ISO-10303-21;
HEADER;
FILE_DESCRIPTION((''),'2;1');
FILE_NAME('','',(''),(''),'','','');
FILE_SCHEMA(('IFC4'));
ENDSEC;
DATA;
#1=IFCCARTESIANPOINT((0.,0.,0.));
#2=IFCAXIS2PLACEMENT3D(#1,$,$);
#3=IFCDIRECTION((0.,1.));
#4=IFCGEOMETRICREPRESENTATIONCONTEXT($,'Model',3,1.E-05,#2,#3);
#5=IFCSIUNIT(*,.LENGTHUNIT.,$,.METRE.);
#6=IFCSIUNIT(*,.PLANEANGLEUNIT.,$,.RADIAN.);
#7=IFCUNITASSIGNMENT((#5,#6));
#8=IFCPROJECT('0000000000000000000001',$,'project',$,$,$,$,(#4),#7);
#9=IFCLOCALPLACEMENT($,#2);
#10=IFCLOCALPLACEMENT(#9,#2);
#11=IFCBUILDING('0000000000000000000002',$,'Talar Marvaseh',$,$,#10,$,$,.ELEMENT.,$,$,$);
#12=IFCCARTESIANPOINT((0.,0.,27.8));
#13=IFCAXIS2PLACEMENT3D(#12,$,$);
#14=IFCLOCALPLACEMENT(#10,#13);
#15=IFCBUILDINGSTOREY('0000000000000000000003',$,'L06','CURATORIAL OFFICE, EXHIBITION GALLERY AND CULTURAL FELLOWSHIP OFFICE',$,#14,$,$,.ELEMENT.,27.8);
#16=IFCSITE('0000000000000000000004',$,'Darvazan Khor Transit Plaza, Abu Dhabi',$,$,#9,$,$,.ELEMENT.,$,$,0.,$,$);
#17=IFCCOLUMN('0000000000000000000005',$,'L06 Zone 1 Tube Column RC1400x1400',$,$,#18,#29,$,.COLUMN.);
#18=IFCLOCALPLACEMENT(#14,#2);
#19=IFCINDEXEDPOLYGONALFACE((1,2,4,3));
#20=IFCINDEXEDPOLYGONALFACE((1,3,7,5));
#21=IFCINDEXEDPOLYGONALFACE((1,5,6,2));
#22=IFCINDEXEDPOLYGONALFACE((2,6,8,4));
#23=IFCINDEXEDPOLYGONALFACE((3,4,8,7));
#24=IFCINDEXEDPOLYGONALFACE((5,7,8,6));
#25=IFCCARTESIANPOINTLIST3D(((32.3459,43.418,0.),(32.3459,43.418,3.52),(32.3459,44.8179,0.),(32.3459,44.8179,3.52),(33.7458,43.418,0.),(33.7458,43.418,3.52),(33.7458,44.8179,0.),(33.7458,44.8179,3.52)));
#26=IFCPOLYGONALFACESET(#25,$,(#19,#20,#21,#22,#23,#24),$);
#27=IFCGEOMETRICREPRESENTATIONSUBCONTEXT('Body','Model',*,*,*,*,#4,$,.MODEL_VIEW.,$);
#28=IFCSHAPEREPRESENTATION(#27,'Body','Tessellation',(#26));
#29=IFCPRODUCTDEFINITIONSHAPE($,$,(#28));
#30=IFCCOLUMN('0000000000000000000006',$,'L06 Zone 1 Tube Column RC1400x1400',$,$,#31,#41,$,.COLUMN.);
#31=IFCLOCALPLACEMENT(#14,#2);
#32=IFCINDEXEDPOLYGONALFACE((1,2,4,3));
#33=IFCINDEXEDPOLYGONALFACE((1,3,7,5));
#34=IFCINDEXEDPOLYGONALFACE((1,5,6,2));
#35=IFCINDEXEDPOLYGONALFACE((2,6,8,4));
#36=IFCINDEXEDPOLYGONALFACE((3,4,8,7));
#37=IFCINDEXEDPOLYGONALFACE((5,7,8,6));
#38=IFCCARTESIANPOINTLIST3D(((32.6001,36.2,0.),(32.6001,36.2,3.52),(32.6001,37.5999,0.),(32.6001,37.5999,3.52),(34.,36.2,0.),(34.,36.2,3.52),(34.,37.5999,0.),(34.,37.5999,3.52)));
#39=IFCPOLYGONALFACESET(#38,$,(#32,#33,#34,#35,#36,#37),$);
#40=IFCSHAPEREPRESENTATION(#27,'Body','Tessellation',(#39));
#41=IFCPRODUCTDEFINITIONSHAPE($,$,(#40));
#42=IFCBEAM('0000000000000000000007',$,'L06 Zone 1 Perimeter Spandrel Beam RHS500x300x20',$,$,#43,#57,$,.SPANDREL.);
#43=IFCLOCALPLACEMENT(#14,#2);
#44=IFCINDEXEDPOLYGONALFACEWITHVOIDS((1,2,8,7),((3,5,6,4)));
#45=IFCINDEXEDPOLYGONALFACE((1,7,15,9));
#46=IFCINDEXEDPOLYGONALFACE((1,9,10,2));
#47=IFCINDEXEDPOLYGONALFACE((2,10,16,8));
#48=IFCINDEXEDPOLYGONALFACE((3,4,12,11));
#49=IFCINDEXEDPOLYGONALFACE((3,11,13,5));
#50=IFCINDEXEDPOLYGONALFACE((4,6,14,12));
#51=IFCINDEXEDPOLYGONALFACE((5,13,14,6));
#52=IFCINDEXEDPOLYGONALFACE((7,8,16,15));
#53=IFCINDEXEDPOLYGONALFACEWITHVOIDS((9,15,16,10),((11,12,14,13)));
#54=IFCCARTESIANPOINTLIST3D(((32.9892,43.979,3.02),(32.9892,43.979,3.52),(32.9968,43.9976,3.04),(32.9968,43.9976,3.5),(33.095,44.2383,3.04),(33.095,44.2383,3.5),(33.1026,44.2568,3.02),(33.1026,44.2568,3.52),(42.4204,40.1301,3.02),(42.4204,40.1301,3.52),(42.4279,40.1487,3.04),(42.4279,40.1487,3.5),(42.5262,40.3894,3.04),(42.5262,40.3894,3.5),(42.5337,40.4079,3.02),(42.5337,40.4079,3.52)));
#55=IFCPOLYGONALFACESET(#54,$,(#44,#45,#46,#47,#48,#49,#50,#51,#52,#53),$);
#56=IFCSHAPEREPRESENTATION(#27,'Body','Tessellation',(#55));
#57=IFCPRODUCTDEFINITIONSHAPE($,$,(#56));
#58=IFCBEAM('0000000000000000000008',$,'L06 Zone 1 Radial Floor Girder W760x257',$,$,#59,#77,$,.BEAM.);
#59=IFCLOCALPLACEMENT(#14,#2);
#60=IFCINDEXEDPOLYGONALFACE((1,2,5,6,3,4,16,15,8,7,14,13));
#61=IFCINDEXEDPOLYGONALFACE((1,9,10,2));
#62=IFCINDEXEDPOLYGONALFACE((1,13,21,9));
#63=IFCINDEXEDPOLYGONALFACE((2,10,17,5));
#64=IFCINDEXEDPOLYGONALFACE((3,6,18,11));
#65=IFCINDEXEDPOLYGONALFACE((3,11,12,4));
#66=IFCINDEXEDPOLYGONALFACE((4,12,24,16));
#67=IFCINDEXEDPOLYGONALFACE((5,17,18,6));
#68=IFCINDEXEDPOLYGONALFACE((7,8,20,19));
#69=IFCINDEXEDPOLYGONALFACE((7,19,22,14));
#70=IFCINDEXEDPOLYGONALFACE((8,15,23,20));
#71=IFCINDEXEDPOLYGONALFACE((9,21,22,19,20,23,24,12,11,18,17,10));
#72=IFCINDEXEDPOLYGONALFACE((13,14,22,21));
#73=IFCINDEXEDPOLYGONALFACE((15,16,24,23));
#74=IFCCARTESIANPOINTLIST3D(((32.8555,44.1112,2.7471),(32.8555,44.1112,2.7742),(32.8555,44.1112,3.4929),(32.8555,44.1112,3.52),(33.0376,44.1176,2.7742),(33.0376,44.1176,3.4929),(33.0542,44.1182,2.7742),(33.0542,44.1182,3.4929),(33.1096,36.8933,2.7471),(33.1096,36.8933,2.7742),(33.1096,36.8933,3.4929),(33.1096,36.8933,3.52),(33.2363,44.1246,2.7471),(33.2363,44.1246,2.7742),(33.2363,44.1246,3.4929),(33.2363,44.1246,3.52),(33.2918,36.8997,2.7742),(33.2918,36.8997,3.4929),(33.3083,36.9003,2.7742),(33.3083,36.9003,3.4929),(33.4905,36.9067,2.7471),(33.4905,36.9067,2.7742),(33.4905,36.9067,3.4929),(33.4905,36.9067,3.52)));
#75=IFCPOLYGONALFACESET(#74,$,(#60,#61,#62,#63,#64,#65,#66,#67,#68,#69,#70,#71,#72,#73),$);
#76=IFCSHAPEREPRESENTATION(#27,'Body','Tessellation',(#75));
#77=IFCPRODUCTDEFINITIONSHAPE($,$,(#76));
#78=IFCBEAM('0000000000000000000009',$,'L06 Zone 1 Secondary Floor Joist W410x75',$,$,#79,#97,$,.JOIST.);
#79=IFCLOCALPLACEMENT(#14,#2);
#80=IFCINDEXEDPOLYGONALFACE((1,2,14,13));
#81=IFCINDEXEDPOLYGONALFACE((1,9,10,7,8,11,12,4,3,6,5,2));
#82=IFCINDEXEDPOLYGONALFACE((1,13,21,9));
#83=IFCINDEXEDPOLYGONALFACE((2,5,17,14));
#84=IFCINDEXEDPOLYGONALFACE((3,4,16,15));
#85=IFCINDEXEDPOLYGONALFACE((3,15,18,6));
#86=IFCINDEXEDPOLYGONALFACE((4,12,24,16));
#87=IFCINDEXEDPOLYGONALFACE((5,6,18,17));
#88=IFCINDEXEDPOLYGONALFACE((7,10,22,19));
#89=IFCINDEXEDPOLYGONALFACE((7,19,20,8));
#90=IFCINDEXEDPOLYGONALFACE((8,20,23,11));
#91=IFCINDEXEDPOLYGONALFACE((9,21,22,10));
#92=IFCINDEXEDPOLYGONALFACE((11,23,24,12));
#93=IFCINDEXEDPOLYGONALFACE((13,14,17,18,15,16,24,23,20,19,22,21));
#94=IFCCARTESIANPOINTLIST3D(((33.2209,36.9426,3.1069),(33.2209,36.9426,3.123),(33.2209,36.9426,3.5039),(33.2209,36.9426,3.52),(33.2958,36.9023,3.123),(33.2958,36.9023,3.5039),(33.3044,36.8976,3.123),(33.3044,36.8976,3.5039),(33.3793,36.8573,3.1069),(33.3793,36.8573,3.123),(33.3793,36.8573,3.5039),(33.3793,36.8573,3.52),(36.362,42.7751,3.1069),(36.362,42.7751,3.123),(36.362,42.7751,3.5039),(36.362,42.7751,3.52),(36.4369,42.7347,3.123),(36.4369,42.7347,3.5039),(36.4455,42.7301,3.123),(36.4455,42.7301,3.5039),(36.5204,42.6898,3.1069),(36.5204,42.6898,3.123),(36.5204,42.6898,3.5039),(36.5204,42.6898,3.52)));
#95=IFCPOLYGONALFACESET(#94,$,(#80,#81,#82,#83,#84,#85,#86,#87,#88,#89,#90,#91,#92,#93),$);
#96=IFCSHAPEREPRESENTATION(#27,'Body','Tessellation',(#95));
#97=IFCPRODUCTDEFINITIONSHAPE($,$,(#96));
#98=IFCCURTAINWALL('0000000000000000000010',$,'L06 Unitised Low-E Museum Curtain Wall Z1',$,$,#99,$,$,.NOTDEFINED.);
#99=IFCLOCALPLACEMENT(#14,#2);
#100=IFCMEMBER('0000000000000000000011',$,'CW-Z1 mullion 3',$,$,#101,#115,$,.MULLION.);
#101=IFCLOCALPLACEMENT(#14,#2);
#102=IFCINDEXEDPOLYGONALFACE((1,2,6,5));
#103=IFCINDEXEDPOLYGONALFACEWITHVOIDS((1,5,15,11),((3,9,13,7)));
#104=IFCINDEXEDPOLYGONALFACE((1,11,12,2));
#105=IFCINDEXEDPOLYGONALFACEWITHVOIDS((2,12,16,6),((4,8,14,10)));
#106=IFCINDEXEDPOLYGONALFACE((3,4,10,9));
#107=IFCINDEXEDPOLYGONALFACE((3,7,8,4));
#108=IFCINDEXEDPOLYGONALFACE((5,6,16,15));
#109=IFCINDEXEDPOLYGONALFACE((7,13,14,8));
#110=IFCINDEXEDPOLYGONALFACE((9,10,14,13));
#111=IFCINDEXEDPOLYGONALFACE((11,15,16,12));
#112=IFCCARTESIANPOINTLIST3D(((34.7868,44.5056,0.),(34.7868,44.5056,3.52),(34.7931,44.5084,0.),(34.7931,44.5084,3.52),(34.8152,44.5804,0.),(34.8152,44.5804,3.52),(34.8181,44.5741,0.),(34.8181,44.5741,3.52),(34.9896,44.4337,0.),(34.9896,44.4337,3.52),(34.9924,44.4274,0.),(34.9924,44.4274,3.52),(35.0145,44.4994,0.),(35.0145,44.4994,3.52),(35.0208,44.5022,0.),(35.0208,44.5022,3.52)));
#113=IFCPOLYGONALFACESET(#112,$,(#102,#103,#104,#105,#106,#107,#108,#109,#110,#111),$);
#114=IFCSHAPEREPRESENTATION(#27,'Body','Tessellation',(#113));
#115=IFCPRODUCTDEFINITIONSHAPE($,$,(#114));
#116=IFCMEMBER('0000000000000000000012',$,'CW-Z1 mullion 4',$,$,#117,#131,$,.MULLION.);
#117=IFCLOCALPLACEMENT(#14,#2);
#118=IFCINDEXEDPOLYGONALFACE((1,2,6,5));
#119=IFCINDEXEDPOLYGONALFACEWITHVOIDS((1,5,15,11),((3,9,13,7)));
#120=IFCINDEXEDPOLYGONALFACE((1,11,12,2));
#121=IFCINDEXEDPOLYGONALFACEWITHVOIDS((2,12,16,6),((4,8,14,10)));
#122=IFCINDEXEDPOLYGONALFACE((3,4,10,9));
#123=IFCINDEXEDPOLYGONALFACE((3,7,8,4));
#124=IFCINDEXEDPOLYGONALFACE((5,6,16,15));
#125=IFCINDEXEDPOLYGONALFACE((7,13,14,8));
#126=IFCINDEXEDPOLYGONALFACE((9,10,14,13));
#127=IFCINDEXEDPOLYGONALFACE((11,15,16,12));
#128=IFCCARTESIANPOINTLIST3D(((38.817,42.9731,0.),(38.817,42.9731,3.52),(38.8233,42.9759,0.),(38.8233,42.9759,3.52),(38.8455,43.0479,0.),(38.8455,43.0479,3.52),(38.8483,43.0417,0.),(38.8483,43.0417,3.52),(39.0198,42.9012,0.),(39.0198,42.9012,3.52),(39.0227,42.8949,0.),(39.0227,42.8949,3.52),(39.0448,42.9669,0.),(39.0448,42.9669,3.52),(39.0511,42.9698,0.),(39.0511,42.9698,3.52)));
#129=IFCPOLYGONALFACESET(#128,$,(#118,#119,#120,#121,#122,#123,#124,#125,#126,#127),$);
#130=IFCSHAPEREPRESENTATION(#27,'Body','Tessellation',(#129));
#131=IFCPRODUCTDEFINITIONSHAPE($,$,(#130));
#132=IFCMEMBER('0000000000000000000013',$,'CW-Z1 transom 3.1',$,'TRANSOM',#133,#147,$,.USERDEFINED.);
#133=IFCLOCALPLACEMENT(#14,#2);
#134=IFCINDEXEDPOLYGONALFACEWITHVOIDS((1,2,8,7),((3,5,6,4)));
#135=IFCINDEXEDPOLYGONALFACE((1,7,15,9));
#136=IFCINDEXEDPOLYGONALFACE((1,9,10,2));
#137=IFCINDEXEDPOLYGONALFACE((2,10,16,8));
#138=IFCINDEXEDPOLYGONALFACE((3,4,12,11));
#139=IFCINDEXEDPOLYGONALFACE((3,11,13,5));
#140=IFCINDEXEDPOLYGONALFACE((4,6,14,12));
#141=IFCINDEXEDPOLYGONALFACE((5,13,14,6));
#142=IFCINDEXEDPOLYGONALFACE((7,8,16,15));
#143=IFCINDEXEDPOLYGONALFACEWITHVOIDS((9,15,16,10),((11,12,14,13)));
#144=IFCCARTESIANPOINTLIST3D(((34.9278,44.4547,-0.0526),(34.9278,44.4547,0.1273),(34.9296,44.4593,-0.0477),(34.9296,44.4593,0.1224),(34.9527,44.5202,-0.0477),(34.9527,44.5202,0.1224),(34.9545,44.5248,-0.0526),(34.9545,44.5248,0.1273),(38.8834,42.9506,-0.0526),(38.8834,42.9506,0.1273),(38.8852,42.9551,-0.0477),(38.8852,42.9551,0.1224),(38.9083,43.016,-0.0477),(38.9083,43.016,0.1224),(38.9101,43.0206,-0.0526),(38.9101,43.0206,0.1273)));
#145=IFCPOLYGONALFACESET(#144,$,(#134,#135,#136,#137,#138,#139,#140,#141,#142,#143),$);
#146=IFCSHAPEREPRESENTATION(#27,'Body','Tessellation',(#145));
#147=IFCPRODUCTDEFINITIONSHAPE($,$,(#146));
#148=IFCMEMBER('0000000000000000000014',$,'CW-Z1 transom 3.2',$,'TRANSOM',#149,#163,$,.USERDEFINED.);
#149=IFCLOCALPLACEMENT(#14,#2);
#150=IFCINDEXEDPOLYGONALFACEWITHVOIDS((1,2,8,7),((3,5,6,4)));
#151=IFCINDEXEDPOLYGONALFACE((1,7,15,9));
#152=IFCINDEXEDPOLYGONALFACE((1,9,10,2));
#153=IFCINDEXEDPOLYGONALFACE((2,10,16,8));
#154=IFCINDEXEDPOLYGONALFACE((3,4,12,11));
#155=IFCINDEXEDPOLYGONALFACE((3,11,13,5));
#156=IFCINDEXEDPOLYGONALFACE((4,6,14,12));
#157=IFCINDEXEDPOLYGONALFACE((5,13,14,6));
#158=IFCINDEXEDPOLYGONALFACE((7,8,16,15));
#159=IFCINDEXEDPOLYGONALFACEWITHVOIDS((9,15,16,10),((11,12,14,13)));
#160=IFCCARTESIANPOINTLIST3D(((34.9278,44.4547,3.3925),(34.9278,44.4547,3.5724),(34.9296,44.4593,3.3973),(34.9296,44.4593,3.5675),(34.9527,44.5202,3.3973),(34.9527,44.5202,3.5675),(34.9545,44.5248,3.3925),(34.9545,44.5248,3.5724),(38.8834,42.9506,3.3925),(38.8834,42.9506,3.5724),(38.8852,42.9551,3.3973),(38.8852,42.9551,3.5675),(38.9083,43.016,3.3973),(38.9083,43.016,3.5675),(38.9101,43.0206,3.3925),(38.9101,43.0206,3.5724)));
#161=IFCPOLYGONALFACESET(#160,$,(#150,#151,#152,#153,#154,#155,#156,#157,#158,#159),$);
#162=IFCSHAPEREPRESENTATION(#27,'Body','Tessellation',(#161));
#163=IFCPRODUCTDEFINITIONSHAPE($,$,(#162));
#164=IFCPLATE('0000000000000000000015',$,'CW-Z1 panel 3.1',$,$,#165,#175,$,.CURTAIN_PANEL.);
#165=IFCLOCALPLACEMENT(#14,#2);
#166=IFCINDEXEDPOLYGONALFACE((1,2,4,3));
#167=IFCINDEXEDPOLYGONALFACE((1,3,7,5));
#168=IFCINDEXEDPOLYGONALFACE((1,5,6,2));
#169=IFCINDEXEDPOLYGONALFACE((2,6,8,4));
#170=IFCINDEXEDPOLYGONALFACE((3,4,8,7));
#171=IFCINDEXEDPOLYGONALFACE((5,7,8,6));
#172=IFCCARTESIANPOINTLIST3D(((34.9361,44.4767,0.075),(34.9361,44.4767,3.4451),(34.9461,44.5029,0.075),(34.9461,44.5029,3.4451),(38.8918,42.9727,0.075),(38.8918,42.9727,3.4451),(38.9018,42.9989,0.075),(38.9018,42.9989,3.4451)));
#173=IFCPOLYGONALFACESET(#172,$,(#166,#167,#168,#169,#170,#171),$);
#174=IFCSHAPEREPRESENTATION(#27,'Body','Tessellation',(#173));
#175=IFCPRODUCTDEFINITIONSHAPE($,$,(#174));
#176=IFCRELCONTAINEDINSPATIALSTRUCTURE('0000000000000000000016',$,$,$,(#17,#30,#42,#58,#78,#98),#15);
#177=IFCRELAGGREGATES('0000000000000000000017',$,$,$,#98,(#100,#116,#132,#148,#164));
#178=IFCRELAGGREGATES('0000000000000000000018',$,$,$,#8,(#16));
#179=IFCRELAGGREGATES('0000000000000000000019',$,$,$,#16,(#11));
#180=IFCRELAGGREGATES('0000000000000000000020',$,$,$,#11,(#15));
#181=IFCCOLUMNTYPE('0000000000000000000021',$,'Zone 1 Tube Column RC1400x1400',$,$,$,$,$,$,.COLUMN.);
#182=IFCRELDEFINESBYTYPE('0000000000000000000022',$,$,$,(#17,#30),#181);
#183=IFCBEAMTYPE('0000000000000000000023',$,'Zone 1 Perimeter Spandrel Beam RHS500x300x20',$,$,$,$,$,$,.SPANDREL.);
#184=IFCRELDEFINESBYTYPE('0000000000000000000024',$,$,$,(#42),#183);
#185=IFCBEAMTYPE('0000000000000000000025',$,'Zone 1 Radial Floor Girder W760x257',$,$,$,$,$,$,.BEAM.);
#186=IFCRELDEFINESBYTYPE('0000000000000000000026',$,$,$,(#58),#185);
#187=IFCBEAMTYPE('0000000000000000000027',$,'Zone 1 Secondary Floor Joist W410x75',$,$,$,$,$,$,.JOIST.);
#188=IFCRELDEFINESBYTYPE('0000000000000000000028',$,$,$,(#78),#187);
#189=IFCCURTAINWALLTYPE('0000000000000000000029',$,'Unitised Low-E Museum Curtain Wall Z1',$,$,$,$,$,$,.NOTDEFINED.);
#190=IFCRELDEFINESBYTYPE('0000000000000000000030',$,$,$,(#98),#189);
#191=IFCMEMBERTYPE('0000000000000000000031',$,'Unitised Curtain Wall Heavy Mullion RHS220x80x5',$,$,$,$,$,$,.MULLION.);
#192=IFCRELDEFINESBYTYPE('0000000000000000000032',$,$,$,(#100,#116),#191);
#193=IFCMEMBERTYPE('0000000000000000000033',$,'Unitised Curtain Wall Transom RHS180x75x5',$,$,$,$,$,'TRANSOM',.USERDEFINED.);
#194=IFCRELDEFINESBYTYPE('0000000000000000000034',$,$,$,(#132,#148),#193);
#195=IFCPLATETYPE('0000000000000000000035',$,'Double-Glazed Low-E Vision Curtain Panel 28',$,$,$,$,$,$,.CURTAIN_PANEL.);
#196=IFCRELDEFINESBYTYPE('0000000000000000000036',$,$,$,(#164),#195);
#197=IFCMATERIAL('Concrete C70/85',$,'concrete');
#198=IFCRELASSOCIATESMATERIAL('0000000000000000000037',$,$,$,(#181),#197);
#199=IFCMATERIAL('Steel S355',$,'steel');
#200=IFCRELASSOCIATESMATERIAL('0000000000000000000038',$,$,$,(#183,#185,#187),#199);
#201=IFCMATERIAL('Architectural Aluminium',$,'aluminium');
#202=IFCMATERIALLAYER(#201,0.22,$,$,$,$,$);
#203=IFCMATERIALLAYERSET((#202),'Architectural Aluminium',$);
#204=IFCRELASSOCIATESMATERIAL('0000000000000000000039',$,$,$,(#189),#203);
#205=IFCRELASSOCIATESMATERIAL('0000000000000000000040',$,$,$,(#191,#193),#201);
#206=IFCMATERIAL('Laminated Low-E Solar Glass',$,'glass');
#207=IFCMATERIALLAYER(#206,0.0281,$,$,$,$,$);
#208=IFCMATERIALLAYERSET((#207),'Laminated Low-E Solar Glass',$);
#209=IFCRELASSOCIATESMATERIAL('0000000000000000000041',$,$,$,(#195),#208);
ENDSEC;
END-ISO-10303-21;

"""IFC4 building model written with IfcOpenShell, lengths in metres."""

from ifc_helpers import new_model, si_unit, direction, frame, origin, origin_2d, place, context, subcontext, project, spatial, rectangle, hollow_rectangle, i_section, extrude, source, transform, mapped, material, layer, layer_set, material_profile, profile_set, type_object, type_shapes, element, aggregate, save


model = new_model("IFC4")

# Units and contexts
model_context = context("Model", 3, precision=1e-05, world=origin(), true_north=direction((0.0, 1.0)))
body_context = subcontext(model_context, "Body", "Model", "MODEL_VIEW")
ifc_project = project(units=[si_unit("LENGTHUNIT", "METRE"), si_unit("PLANEANGLEUNIT", "RADIAN")], contexts=[model_context])

# Site, building, storey
site_placement = place(None, origin())
site = spatial("IfcSite", under=ifc_project, at=site_placement, Name="Darvazan Khor Transit Plaza, Abu Dhabi", CompositionType="ELEMENT", RefElevation=0.0)
building_placement = place(site_placement, origin())
building = spatial("IfcBuilding", under=site, at=building_placement, Name="Talar Marvaseh", CompositionType="ELEMENT")
storey_placement = place(building_placement, frame((0.0, 0.0, 27.8)))
storey = spatial("IfcBuildingStorey", under=building, at=storey_placement, Name="L06", Description="CURATORIAL OFFICE, EXHIBITION GALLERY AND CULTURAL FELLOWSHIP OFFICE", CompositionType="ELEMENT", Elevation=27.8)

# Columns
ifc_material_1 = material(Name="Concrete C70/85", Category="concrete")
ifc_material_profile_1 = material_profile(ifc_material_1, rectangle(XDim=1.3999, YDim=1.3999, at=origin_2d()), Name="RC1400x1400")
ifc_profile_set_1 = profile_set([ifc_material_profile_1], Name="Concrete C70/85")
column_type = type_object("IfcColumnType", Name="Zone 1 Tube Column RC1400x1400", PredefinedType="COLUMN", material=ifc_profile_set_1)
for number, where, z_axis, x_axis, name in (
    (1, (33.0459, 44.1179, 0.0), (0.0, 0.0, 1.0), (1.0, 0.0, 0.0), "L06 Zone 1 Tube Column RC1400x1400"),
    (2, (33.3, 36.8999, 0.0), (0.0, 0.0, 1.0), (1.0, 0.0, 0.0), "L06 Zone 1 Tube Column RC1400x1400"),
):
    element("IfcColumn", number, at=place(storey_placement, frame(where, z_axis=z_axis, x_axis=x_axis)), inside=storey, type_object=column_type, Name=name, PredefinedType="COLUMN", context=body_context, shape_type="SweptSolid", body=[
        extrude(rectangle(XDim=1.3999, YDim=1.3999, at=origin_2d()), origin(), (0.0, 0.0, 1.0), 3.52),
    ])

# Beams
ifc_material_2 = material(Name="Steel S355", Category="steel")
ifc_material_profile_2 = material_profile(ifc_material_2, hollow_rectangle(XDim=0.3, YDim=0.5, WallThickness=0.02, at=origin_2d()), Name="RHS500x300x20")
ifc_profile_set_2 = profile_set([ifc_material_profile_2], Name="Steel S355")
beam_type_1 = type_object("IfcBeamType", Name="Zone 1 Perimeter Spandrel Beam RHS500x300x20", PredefinedType="SPANDREL", material=ifc_profile_set_2)
beam_1_placement = place(storey_placement, frame((33.0459, 44.1179, 3.27), z_axis=(0.925867, -0.377849, 0.0), x_axis=(0.377849, 0.925867, 0.0)))
element("IfcBeam", 3, at=beam_1_placement, inside=storey, type_object=beam_type_1, Name="L06 Zone 1 Perimeter Spandrel Beam RHS500x300x20", PredefinedType="SPANDREL", context=body_context, shape_type="SweptSolid", body=[
    extrude(hollow_rectangle(XDim=0.3, YDim=0.5, WallThickness=0.02, at=origin_2d()), origin(), (0.0, 0.0, 1.0), 10.1863),
])
ifc_material_profile_3 = material_profile(ifc_material_2, i_section(OverallWidth=0.3811, OverallDepth=0.7729, WebThickness=0.0166, FlangeThickness=0.0271, at=origin_2d()), Name="W760x257")
ifc_profile_set_3 = profile_set([ifc_material_profile_3], Name="Steel S355")
beam_type_2 = type_object("IfcBeamType", Name="Zone 1 Radial Floor Girder W760x257", PredefinedType="BEAM", material=ifc_profile_set_3)
beam_2_placement = place(storey_placement, frame((33.0459, 44.1179, 3.1335), z_axis=(0.035189, -0.999381, 0.0), x_axis=(0.999381, 0.035189, 0.0)))
element("IfcBeam", 4, at=beam_2_placement, inside=storey, type_object=beam_type_2, Name="L06 Zone 1 Radial Floor Girder W760x257", PredefinedType="BEAM", context=body_context, shape_type="SweptSolid", body=[
    extrude(i_section(OverallWidth=0.3811, OverallDepth=0.7729, WebThickness=0.0166, FlangeThickness=0.0271, at=origin_2d()), origin(), (0.0, 0.0, 1.0), 7.2224),
])
ifc_material_profile_4 = material_profile(ifc_material_2, i_section(OverallWidth=0.1799, OverallDepth=0.4131, WebThickness=0.0098, FlangeThickness=0.0161, at=origin_2d()), Name="W410x75")
ifc_profile_set_4 = profile_set([ifc_material_profile_4], Name="Steel S355")
beam_type_3 = type_object("IfcBeamType", Name="Zone 1 Secondary Floor Joist W410x75", PredefinedType="JOIST", material=ifc_profile_set_4)
beam_3_placement = place(storey_placement, frame((36.4412, 42.7324, 3.3135), z_axis=(-0.474161, -0.880438, 0.0), x_axis=(0.880438, -0.474161, 0.0)))
element("IfcBeam", 5, at=beam_3_placement, inside=storey, type_object=beam_type_3, Name="L06 Zone 1 Secondary Floor Joist W410x75", PredefinedType="JOIST", context=body_context, shape_type="SweptSolid", body=[
    extrude(i_section(OverallWidth=0.1799, OverallDepth=0.4131, WebThickness=0.0098, FlangeThickness=0.0161, at=origin_2d()), origin(), (0.0, 0.0, 1.0), 6.6245),
])

# Curtain wall, members, plate
ifc_material_3 = material(Name="Architectural Aluminium", Category="aluminium")
ifc_layer_1 = layer(ifc_material_3, 0.22)
ifc_layer_set_1 = layer_set([ifc_layer_1], Name="Architectural Aluminium")
curtain_wall_type = type_object("IfcCurtainWallType", Name="Unitised Low-E Museum Curtain Wall Z1", PredefinedType="NOTDEFINED", material=ifc_layer_set_1)
curtain_wall_placement = place(storey_placement, origin())
curtain_wall = element("IfcCurtainWall", 6, at=curtain_wall_placement, inside=storey, type_object=curtain_wall_type, Name="L06 Unitised Low-E Museum Curtain Wall Z1", PredefinedType="NOTDEFINED")
ifc_material_profile_5 = material_profile(ifc_material_3, hollow_rectangle(XDim=0.0801, YDim=0.22, WallThickness=0.0049, at=origin_2d()), Name="RHS220x80x5")
ifc_profile_set_5 = profile_set([ifc_material_profile_5], Name="Architectural Aluminium")
member_type_1 = type_object("IfcMemberType", Name="Unitised Curtain Wall Heavy Mullion RHS220x80x5", PredefinedType="MULLION", material=ifc_profile_set_5)
shared_shape_1 = source(origin(), body_context, "Body", "SweptSolid", [
    extrude(hollow_rectangle(XDim=0.0801, YDim=0.22, WallThickness=0.0049, at=origin_2d()), origin(), (0.0, 0.0, 1.0), 3.52),
])
type_shapes(member_type_1, [shared_shape_1])
member_1_placement = place(storey_placement, frame((34.9038, 44.5039, 0.0), z_axis=(0.0, 0.0, 1.0), x_axis=(0.3554, 0.934714, 0.0)))
member_1 = element("IfcMember", 7, at=member_1_placement, type_object=member_type_1, Name="CW-Z1 mullion 3", PredefinedType="MULLION", context=body_context, shape_type="MappedRepresentation", body=[
    mapped(shared_shape_1, transform((0.0, 0.0, 0.0), x_axis=(1.0, 0.0, 0.0), y_axis=(0.0, 1.0, 0.0), z_axis=(0.0, 0.0, 1.0), scale=1.0)),
])
member_2_placement = place(storey_placement, frame((38.9341, 42.9714, 0.0), z_axis=(0.0, 0.0, 1.0), x_axis=(0.3554, 0.934714, 0.0)))
member_2 = element("IfcMember", 8, at=member_2_placement, type_object=member_type_1, Name="CW-Z1 mullion 4", PredefinedType="MULLION", context=body_context, shape_type="MappedRepresentation", body=[
    mapped(shared_shape_1, transform((0.0, 0.0, 0.0), x_axis=(1.0, 0.0, 0.0), y_axis=(0.0, 1.0, 0.0), z_axis=(0.0, 0.0, 1.0), scale=1.0)),
])
ifc_material_profile_6 = material_profile(ifc_material_3, hollow_rectangle(XDim=0.075, YDim=0.1799, WallThickness=0.0049, at=origin_2d()), Name="RHS180x75x5")
ifc_profile_set_6 = profile_set([ifc_material_profile_6], Name="Architectural Aluminium")
member_type_2 = type_object("IfcMemberType", Name="Unitised Curtain Wall Transom RHS180x75x5", ElementType="TRANSOM", PredefinedType="USERDEFINED", material=ifc_profile_set_6)
shared_shape_2 = source(origin(), body_context, "Body", "SweptSolid", [
    extrude(hollow_rectangle(XDim=0.075, YDim=0.1799, WallThickness=0.0049, at=origin_2d()), origin(), (0.0, 0.0, 1.0), 4.2319),
])
type_shapes(member_type_2, [shared_shape_2])
member_3_placement = place(storey_placement, frame((34.9412, 44.4897, 0.0374), z_axis=(0.934702, -0.355431, 0.0), x_axis=(0.355431, 0.934702, 0.0)))
member_3 = element("IfcMember", 9, at=member_3_placement, type_object=member_type_2, Name="CW-Z1 transom 3.1", ObjectType="TRANSOM", PredefinedType="USERDEFINED", context=body_context, shape_type="MappedRepresentation", body=[
    mapped(shared_shape_2, transform((0.0, 0.0, 0.0), x_axis=(1.0, 0.0, 0.0), y_axis=(0.0, 1.0, 0.0), z_axis=(0.0, 0.0, 1.0), scale=1.0)),
])
member_4_placement = place(storey_placement, frame((34.9412, 44.4897, 3.4824), z_axis=(0.934702, -0.355431, 0.0), x_axis=(0.355431, 0.934702, 0.0)))
member_4 = element("IfcMember", 10, at=member_4_placement, type_object=member_type_2, Name="CW-Z1 transom 3.2", ObjectType="TRANSOM", PredefinedType="USERDEFINED", context=body_context, shape_type="MappedRepresentation", body=[
    mapped(shared_shape_2, transform((0.0, 0.0, 0.0), x_axis=(1.0, 0.0, 0.0), y_axis=(0.0, 1.0, 0.0), z_axis=(0.0, 0.0, 1.0), scale=1.0)),
])
ifc_material_4 = material(Name="Laminated Low-E Solar Glass", Category="glass")
ifc_layer_2 = layer(ifc_material_4, 0.0281)
ifc_layer_set_2 = layer_set([ifc_layer_2], Name="Laminated Low-E Solar Glass")
plate_type = type_object("IfcPlateType", Name="Double-Glazed Low-E Vision Curtain Panel 28", PredefinedType="CURTAIN_PANEL", material=ifc_layer_set_2)
shared_shape_3 = source(origin(), body_context, "Body", "SweptSolid", [
    extrude(rectangle(XDim=4.2319, YDim=0.0281, at=origin_2d()), origin(), (0.0, 0.0, 1.0), 3.3701),
])
type_shapes(plate_type, [shared_shape_3])
plate_placement = place(storey_placement, frame((36.9189, 43.7378, 0.075), z_axis=(0.0, 0.0, 1.0), x_axis=(0.934714, -0.3554, 0.0)))
plate = element("IfcPlate", 11, at=plate_placement, type_object=plate_type, Name="CW-Z1 panel 3.1", PredefinedType="CURTAIN_PANEL", context=body_context, shape_type="MappedRepresentation", body=[
    mapped(shared_shape_3, transform((0.0, 0.0, 0.0), x_axis=(1.0, 0.0, 0.0), y_axis=(0.0, 1.0, 0.0), z_axis=(0.0, 0.0, 1.0), scale=1.0)),
])
aggregate(curtain_wall, [member_1, member_2, member_3, member_4, plate])

save(model, "model.ifc")
